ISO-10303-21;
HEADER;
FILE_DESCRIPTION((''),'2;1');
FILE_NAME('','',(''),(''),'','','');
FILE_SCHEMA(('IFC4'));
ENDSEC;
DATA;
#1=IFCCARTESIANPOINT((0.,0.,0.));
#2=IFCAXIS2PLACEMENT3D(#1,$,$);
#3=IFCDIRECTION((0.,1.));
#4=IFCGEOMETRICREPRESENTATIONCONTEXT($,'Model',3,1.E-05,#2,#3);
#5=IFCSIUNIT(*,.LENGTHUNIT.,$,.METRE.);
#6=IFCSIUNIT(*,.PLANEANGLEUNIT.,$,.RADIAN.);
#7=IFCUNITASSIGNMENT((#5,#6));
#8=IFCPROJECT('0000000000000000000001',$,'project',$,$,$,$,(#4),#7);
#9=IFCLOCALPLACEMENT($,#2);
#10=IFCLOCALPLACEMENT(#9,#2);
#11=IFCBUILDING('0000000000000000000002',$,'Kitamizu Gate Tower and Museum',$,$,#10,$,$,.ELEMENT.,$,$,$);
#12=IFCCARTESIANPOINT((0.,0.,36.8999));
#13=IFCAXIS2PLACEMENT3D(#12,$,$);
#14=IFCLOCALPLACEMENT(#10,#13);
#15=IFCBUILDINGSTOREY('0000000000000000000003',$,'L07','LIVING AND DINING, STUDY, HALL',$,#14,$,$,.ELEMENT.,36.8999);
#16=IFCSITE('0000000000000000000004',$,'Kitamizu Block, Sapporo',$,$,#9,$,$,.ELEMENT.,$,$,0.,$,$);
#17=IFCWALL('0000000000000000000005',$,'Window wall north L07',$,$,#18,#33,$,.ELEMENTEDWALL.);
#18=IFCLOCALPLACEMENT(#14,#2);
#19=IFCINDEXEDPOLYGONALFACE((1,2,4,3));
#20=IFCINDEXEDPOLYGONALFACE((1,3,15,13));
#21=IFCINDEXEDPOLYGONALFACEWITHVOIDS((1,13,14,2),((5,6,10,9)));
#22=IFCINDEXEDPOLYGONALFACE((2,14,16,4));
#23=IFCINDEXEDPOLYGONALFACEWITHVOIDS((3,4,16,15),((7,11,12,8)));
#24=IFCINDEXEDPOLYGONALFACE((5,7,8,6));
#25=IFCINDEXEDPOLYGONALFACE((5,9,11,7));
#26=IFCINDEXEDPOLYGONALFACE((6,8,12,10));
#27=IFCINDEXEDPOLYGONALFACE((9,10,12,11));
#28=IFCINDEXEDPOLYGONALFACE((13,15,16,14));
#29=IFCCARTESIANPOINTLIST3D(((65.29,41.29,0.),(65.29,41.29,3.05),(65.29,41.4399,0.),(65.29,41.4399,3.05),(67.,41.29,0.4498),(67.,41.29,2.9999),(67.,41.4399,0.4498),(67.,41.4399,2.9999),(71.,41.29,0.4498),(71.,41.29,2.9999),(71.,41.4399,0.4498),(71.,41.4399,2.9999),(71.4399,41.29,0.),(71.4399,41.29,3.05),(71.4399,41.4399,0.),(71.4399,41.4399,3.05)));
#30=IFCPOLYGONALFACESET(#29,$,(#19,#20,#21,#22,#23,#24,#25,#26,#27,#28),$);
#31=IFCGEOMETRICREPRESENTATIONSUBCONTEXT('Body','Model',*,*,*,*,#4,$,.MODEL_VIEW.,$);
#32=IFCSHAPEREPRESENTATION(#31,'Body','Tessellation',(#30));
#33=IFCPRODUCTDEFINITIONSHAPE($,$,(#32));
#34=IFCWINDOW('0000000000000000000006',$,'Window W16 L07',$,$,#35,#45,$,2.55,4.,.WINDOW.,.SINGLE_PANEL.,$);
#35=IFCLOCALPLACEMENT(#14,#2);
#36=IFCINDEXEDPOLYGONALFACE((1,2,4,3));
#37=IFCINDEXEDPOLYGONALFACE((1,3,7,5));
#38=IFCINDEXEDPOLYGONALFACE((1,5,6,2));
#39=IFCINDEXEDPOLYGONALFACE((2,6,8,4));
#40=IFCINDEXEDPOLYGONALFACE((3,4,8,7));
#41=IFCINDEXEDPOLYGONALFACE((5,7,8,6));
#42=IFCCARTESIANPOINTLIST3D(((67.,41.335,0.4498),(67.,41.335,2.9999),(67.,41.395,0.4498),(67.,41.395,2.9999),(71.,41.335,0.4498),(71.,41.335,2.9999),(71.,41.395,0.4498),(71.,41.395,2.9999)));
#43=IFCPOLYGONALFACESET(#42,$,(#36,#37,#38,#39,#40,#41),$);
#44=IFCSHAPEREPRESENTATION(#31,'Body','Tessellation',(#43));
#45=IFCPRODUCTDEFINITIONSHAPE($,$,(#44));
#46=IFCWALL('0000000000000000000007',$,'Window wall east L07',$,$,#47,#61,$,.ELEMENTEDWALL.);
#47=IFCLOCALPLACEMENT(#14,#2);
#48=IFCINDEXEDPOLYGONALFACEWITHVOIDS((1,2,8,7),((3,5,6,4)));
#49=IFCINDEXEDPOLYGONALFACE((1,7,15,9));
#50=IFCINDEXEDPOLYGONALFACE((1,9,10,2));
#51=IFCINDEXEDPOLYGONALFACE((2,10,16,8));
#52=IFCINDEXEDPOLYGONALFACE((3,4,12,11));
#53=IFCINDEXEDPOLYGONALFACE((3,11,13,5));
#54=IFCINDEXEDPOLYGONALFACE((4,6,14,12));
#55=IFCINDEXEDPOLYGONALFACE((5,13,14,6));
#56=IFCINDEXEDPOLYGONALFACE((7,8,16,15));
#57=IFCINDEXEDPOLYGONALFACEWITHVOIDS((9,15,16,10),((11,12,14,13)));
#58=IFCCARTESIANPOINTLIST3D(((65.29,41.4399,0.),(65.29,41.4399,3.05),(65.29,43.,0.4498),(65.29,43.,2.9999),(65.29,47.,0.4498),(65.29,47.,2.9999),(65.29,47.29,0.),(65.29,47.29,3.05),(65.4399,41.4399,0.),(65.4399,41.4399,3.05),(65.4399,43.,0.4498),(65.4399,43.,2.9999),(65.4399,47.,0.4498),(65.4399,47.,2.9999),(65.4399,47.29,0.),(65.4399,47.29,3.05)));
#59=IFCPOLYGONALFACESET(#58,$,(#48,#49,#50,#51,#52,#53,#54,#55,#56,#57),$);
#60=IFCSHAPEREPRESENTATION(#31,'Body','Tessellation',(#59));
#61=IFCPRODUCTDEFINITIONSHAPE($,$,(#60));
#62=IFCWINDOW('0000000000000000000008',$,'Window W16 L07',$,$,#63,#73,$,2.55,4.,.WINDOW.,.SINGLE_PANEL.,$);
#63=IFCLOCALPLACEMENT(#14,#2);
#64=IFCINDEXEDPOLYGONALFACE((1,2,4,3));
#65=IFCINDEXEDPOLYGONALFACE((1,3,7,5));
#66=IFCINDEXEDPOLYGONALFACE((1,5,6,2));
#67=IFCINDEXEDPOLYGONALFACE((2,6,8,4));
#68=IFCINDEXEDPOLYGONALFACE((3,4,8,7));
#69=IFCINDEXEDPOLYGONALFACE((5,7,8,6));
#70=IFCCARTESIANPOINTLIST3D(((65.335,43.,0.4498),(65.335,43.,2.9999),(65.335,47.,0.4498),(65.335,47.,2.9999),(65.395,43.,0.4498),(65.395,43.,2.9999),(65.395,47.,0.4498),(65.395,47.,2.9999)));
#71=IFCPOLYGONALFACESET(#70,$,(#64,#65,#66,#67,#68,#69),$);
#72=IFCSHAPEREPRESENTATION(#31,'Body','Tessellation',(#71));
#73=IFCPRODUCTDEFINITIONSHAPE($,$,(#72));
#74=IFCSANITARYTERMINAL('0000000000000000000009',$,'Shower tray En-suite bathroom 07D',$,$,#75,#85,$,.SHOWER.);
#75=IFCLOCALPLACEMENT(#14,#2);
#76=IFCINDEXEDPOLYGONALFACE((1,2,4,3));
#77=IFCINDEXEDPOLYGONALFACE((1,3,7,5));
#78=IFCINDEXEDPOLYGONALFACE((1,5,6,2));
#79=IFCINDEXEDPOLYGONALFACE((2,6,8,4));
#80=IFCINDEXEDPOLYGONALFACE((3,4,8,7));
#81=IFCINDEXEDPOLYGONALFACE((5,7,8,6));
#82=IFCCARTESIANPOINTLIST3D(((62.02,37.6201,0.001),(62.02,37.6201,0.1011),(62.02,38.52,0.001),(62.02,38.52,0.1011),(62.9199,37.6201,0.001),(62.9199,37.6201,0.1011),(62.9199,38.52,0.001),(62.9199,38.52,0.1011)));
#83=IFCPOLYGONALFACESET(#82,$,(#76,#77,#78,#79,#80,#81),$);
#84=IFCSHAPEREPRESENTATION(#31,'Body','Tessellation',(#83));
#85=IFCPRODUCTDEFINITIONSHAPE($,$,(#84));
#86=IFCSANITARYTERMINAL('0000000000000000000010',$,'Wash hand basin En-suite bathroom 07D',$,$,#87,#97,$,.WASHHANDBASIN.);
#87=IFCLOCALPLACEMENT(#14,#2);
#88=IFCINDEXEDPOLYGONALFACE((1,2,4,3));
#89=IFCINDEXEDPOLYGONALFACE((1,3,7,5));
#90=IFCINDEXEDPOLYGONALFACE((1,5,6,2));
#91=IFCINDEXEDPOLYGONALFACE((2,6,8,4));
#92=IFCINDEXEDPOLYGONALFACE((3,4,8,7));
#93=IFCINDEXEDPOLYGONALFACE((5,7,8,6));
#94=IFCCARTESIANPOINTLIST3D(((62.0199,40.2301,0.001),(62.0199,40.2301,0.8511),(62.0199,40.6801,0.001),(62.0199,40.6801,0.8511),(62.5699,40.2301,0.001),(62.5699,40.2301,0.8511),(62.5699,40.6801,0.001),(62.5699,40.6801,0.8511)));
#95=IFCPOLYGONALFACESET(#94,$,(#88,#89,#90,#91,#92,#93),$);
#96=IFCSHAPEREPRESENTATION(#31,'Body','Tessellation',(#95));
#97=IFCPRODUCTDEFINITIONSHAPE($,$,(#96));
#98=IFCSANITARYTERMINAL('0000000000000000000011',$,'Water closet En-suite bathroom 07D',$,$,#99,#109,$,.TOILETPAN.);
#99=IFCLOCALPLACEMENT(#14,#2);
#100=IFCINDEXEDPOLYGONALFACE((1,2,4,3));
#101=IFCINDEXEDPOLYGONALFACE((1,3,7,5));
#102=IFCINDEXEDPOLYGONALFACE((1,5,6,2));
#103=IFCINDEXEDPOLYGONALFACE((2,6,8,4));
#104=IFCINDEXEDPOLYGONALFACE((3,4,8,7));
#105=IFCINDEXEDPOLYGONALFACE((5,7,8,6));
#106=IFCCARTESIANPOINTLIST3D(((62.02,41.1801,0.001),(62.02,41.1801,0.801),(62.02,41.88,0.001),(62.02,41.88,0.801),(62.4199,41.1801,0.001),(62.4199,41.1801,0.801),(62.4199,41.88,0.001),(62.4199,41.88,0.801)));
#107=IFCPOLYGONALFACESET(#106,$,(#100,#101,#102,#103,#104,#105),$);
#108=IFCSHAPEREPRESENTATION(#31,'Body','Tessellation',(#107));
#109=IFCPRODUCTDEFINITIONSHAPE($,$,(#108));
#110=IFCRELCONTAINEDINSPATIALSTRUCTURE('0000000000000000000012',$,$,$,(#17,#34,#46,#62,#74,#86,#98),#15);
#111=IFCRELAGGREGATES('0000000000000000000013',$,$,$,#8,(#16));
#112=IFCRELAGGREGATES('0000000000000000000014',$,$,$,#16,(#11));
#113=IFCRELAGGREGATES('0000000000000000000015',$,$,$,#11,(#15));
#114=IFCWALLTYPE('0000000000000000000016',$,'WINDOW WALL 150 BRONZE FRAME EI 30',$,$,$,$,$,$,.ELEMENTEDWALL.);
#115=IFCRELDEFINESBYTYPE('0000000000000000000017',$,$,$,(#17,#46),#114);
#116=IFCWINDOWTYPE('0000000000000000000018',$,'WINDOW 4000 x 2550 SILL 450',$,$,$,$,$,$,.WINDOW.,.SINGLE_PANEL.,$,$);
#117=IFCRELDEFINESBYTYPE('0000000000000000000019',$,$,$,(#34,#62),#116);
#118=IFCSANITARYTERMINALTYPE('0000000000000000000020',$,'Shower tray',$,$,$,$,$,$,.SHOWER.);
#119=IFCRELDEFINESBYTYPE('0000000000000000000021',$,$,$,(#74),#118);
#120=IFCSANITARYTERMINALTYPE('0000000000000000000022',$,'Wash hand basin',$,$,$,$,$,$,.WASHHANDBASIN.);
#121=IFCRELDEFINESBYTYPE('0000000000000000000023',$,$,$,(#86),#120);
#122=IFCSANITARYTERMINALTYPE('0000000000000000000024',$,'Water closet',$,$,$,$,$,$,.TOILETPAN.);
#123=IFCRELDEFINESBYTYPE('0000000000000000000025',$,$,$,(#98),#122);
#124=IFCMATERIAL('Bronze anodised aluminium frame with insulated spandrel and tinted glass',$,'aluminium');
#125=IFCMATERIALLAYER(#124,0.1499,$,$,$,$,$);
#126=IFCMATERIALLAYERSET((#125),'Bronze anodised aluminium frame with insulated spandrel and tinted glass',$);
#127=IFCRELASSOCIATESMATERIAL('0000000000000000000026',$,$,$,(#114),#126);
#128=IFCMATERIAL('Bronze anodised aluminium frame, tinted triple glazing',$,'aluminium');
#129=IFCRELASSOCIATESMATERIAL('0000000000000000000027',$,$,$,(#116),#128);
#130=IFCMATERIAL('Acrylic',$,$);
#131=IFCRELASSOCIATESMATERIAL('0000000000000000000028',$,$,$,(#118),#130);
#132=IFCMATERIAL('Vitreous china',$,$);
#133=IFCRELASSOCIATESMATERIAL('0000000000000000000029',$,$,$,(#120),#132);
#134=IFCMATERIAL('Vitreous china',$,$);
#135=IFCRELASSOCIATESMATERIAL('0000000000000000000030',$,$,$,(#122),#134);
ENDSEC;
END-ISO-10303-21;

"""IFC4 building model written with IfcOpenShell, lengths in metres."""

from ifc_helpers import new_model, si_unit, direction, frame, frame_2d, origin, origin_2d, place, context, subcontext, project, spatial, rectangle, extrude, material, layer, layer_set, type_object, element, fill, save


model = new_model("IFC4")

# Units and contexts
model_context = context("Model", 3, precision=1e-05, world=origin(), true_north=direction((0.0, 1.0)))
body_context = subcontext(model_context, "Body", "Model", "MODEL_VIEW")
ifc_project = project(units=[si_unit("LENGTHUNIT", "METRE"), si_unit("PLANEANGLEUNIT", "RADIAN")], contexts=[model_context])

# Site, building, storey
site_placement = place(None, origin())
site = spatial("IfcSite", under=ifc_project, at=site_placement, Name="Kitamizu Block, Sapporo", CompositionType="ELEMENT", RefElevation=0.0)
building_placement = place(site_placement, origin())
building = spatial("IfcBuilding", under=site, at=building_placement, Name="Kitamizu Gate Tower and Museum", CompositionType="ELEMENT")
storey_placement = place(building_placement, frame((0.0, 0.0, 36.8999)))
storey = spatial("IfcBuildingStorey", under=building, at=storey_placement, Name="L07", Description="LIVING AND DINING, STUDY, HALL", CompositionType="ELEMENT", Elevation=36.8999)

# Walls, openings, windows
ifc_material_1 = material(Name="Bronze anodised aluminium frame with insulated spandrel and tinted glass", Category="aluminium")
ifc_layer_1 = layer(ifc_material_1, 0.1499)
ifc_layer_set_1 = layer_set([ifc_layer_1], Name="Bronze anodised aluminium frame with insulated spandrel and tinted glass")
wall_type_1 = type_object("IfcWallType", Name="WINDOW WALL 150 BRONZE FRAME EI 30", PredefinedType="ELEMENTEDWALL", material=ifc_layer_set_1)
wall_1_placement = place(storey_placement, frame((65.29, 41.365, 0.0), z_axis=(0.0, 0.0, 1.0), x_axis=(1.0, 0.0, 0.0)))
wall_1 = element("IfcWall", 1, at=wall_1_placement, inside=storey, type_object=wall_type_1, Name="Window wall north L07", PredefinedType="ELEMENTEDWALL", context=body_context, shape_type="SweptSolid", body=[
    extrude(rectangle(XDim=6.1499, YDim=0.1499, at=frame_2d((3.075, 0.0))), origin(), (0.0, 0.0, 1.0), 3.05),
])
opening_1_placement = place(wall_1_placement, frame((1.71, 0.0, 0.45)))
opening_1 = element("IfcOpeningElement", 2, at=opening_1_placement, cuts=wall_1, PredefinedType="OPENING", context=body_context, shape_type="SweptSolid", body=[
    extrude(rectangle(XDim=4.0, YDim=2.55, at=frame_2d((2.0, 1.2749))), frame((0.0, 0.085, 0.0), z_axis=(0.0, -1.0, 0.0), x_axis=(1.0, 0.0, 0.0)), (0.0, 0.0, 1.0), 0.1699),
])
ifc_material_2 = material(Name="Bronze anodised aluminium frame, tinted triple glazing", Category="aluminium")
window_type = type_object("IfcWindowType", Name="WINDOW 4000 x 2550 SILL 450", PartitioningType="SINGLE_PANEL", PredefinedType="WINDOW", material=ifc_material_2)
window_1_placement = place(opening_1_placement, origin())
window_1 = element("IfcWindow", 3, at=window_1_placement, inside=storey, type_object=window_type, Name="Window W16 L07", OverallHeight=2.55, OverallWidth=4.0, PartitioningType="SINGLE_PANEL", PredefinedType="WINDOW", context=body_context, shape_type="SweptSolid", body=[
    extrude(rectangle(XDim=4.0, YDim=2.55, at=frame_2d((2.0, 1.2749))), frame((0.0, 0.03, 0.0), z_axis=(0.0, -1.0, 0.0), x_axis=(1.0, 0.0, 0.0)), (0.0, 0.0, 1.0), 0.0601),
])
fill(opening_1, window_1)
wall_2_placement = place(storey_placement, frame((65.365, 41.4399, 0.0), z_axis=(0.0, 0.0, 1.0), x_axis=(0.0, 1.0, 0.0)))
wall_2 = element("IfcWall", 4, at=wall_2_placement, inside=storey, type_object=wall_type_1, Name="Window wall east L07", PredefinedType="ELEMENTEDWALL", context=body_context, shape_type="SweptSolid", body=[
    extrude(rectangle(XDim=5.8501, YDim=0.1499, at=frame_2d((2.925, 0.0))), origin(), (0.0, 0.0, 1.0), 3.05),
])
opening_2_placement = place(wall_2_placement, frame((1.5601, 0.0, 0.45)))
opening_2 = element("IfcOpeningElement", 5, at=opening_2_placement, cuts=wall_2, PredefinedType="OPENING", context=body_context, shape_type="SweptSolid", body=[
    extrude(rectangle(XDim=4.0, YDim=2.55, at=frame_2d((2.0, 1.2749))), frame((0.0, 0.085, 0.0), z_axis=(0.0, -1.0, 0.0), x_axis=(1.0, 0.0, 0.0)), (0.0, 0.0, 1.0), 0.1699),
])
window_2_placement = place(opening_2_placement, origin())
window_2 = element("IfcWindow", 6, at=window_2_placement, inside=storey, type_object=window_type, Name="Window W16 L07", OverallHeight=2.55, OverallWidth=4.0, PartitioningType="SINGLE_PANEL", PredefinedType="WINDOW", context=body_context, shape_type="SweptSolid", body=[
    extrude(rectangle(XDim=4.0, YDim=2.55, at=frame_2d((2.0, 1.2749))), frame((0.0, 0.03, 0.0), z_axis=(0.0, -1.0, 0.0), x_axis=(1.0, 0.0, 0.0)), (0.0, 0.0, 1.0), 0.0601),
])
fill(opening_2, window_2)

# Sanitary terminals
ifc_material_3 = material(Name="Acrylic")
sanitary_terminal_type_1 = type_object("IfcSanitaryTerminalType", Name="Shower tray", PredefinedType="SHOWER", material=ifc_material_3)
sanitary_terminal_1_placement = place(storey_placement, frame((62.47, 38.0701, 0.001), z_axis=(0.0, 0.0, 1.0), x_axis=(1.0, 0.0, 0.0)))
element("IfcSanitaryTerminal", 7, at=sanitary_terminal_1_placement, inside=storey, type_object=sanitary_terminal_type_1, Name="Shower tray En-suite bathroom 07D", PredefinedType="SHOWER", context=body_context, shape_type="SweptSolid", body=[
    extrude(rectangle(XDim=0.8999, YDim=0.8999, at=origin_2d()), origin(), (0.0, 0.0, 1.0), 0.1001),
])
ifc_material_4 = material(Name="Vitreous china")
sanitary_terminal_type_2 = type_object("IfcSanitaryTerminalType", Name="Wash hand basin", PredefinedType="WASHHANDBASIN", material=ifc_material_4)
sanitary_terminal_2_placement = place(storey_placement, frame((62.2949, 40.4551, 0.001), z_axis=(0.0, 0.0, 1.0), x_axis=(1.0, 0.0, 0.0)))
element("IfcSanitaryTerminal", 8, at=sanitary_terminal_2_placement, inside=storey, type_object=sanitary_terminal_type_2, Name="Wash hand basin En-suite bathroom 07D", PredefinedType="WASHHANDBASIN", context=body_context, shape_type="SweptSolid", body=[
    extrude(rectangle(XDim=0.55, YDim=0.45, at=origin_2d()), origin(), (0.0, 0.0, 1.0), 0.8501),
])
ifc_material_5 = material(Name="Vitreous china")
sanitary_terminal_type_3 = type_object("IfcSanitaryTerminalType", Name="Water closet", PredefinedType="TOILETPAN", material=ifc_material_5)
sanitary_terminal_3_placement = place(storey_placement, frame((62.22, 41.53, 0.001), z_axis=(0.0, 0.0, 1.0), x_axis=(1.0, 0.0, 0.0)))
element("IfcSanitaryTerminal", 9, at=sanitary_terminal_3_placement, inside=storey, type_object=sanitary_terminal_type_3, Name="Water closet En-suite bathroom 07D", PredefinedType="TOILETPAN", context=body_context, shape_type="SweptSolid", body=[
    extrude(rectangle(XDim=0.3999, YDim=0.7, at=origin_2d()), origin(), (0.0, 0.0, 1.0), 0.8),
])

save(model, "model.ifc")
